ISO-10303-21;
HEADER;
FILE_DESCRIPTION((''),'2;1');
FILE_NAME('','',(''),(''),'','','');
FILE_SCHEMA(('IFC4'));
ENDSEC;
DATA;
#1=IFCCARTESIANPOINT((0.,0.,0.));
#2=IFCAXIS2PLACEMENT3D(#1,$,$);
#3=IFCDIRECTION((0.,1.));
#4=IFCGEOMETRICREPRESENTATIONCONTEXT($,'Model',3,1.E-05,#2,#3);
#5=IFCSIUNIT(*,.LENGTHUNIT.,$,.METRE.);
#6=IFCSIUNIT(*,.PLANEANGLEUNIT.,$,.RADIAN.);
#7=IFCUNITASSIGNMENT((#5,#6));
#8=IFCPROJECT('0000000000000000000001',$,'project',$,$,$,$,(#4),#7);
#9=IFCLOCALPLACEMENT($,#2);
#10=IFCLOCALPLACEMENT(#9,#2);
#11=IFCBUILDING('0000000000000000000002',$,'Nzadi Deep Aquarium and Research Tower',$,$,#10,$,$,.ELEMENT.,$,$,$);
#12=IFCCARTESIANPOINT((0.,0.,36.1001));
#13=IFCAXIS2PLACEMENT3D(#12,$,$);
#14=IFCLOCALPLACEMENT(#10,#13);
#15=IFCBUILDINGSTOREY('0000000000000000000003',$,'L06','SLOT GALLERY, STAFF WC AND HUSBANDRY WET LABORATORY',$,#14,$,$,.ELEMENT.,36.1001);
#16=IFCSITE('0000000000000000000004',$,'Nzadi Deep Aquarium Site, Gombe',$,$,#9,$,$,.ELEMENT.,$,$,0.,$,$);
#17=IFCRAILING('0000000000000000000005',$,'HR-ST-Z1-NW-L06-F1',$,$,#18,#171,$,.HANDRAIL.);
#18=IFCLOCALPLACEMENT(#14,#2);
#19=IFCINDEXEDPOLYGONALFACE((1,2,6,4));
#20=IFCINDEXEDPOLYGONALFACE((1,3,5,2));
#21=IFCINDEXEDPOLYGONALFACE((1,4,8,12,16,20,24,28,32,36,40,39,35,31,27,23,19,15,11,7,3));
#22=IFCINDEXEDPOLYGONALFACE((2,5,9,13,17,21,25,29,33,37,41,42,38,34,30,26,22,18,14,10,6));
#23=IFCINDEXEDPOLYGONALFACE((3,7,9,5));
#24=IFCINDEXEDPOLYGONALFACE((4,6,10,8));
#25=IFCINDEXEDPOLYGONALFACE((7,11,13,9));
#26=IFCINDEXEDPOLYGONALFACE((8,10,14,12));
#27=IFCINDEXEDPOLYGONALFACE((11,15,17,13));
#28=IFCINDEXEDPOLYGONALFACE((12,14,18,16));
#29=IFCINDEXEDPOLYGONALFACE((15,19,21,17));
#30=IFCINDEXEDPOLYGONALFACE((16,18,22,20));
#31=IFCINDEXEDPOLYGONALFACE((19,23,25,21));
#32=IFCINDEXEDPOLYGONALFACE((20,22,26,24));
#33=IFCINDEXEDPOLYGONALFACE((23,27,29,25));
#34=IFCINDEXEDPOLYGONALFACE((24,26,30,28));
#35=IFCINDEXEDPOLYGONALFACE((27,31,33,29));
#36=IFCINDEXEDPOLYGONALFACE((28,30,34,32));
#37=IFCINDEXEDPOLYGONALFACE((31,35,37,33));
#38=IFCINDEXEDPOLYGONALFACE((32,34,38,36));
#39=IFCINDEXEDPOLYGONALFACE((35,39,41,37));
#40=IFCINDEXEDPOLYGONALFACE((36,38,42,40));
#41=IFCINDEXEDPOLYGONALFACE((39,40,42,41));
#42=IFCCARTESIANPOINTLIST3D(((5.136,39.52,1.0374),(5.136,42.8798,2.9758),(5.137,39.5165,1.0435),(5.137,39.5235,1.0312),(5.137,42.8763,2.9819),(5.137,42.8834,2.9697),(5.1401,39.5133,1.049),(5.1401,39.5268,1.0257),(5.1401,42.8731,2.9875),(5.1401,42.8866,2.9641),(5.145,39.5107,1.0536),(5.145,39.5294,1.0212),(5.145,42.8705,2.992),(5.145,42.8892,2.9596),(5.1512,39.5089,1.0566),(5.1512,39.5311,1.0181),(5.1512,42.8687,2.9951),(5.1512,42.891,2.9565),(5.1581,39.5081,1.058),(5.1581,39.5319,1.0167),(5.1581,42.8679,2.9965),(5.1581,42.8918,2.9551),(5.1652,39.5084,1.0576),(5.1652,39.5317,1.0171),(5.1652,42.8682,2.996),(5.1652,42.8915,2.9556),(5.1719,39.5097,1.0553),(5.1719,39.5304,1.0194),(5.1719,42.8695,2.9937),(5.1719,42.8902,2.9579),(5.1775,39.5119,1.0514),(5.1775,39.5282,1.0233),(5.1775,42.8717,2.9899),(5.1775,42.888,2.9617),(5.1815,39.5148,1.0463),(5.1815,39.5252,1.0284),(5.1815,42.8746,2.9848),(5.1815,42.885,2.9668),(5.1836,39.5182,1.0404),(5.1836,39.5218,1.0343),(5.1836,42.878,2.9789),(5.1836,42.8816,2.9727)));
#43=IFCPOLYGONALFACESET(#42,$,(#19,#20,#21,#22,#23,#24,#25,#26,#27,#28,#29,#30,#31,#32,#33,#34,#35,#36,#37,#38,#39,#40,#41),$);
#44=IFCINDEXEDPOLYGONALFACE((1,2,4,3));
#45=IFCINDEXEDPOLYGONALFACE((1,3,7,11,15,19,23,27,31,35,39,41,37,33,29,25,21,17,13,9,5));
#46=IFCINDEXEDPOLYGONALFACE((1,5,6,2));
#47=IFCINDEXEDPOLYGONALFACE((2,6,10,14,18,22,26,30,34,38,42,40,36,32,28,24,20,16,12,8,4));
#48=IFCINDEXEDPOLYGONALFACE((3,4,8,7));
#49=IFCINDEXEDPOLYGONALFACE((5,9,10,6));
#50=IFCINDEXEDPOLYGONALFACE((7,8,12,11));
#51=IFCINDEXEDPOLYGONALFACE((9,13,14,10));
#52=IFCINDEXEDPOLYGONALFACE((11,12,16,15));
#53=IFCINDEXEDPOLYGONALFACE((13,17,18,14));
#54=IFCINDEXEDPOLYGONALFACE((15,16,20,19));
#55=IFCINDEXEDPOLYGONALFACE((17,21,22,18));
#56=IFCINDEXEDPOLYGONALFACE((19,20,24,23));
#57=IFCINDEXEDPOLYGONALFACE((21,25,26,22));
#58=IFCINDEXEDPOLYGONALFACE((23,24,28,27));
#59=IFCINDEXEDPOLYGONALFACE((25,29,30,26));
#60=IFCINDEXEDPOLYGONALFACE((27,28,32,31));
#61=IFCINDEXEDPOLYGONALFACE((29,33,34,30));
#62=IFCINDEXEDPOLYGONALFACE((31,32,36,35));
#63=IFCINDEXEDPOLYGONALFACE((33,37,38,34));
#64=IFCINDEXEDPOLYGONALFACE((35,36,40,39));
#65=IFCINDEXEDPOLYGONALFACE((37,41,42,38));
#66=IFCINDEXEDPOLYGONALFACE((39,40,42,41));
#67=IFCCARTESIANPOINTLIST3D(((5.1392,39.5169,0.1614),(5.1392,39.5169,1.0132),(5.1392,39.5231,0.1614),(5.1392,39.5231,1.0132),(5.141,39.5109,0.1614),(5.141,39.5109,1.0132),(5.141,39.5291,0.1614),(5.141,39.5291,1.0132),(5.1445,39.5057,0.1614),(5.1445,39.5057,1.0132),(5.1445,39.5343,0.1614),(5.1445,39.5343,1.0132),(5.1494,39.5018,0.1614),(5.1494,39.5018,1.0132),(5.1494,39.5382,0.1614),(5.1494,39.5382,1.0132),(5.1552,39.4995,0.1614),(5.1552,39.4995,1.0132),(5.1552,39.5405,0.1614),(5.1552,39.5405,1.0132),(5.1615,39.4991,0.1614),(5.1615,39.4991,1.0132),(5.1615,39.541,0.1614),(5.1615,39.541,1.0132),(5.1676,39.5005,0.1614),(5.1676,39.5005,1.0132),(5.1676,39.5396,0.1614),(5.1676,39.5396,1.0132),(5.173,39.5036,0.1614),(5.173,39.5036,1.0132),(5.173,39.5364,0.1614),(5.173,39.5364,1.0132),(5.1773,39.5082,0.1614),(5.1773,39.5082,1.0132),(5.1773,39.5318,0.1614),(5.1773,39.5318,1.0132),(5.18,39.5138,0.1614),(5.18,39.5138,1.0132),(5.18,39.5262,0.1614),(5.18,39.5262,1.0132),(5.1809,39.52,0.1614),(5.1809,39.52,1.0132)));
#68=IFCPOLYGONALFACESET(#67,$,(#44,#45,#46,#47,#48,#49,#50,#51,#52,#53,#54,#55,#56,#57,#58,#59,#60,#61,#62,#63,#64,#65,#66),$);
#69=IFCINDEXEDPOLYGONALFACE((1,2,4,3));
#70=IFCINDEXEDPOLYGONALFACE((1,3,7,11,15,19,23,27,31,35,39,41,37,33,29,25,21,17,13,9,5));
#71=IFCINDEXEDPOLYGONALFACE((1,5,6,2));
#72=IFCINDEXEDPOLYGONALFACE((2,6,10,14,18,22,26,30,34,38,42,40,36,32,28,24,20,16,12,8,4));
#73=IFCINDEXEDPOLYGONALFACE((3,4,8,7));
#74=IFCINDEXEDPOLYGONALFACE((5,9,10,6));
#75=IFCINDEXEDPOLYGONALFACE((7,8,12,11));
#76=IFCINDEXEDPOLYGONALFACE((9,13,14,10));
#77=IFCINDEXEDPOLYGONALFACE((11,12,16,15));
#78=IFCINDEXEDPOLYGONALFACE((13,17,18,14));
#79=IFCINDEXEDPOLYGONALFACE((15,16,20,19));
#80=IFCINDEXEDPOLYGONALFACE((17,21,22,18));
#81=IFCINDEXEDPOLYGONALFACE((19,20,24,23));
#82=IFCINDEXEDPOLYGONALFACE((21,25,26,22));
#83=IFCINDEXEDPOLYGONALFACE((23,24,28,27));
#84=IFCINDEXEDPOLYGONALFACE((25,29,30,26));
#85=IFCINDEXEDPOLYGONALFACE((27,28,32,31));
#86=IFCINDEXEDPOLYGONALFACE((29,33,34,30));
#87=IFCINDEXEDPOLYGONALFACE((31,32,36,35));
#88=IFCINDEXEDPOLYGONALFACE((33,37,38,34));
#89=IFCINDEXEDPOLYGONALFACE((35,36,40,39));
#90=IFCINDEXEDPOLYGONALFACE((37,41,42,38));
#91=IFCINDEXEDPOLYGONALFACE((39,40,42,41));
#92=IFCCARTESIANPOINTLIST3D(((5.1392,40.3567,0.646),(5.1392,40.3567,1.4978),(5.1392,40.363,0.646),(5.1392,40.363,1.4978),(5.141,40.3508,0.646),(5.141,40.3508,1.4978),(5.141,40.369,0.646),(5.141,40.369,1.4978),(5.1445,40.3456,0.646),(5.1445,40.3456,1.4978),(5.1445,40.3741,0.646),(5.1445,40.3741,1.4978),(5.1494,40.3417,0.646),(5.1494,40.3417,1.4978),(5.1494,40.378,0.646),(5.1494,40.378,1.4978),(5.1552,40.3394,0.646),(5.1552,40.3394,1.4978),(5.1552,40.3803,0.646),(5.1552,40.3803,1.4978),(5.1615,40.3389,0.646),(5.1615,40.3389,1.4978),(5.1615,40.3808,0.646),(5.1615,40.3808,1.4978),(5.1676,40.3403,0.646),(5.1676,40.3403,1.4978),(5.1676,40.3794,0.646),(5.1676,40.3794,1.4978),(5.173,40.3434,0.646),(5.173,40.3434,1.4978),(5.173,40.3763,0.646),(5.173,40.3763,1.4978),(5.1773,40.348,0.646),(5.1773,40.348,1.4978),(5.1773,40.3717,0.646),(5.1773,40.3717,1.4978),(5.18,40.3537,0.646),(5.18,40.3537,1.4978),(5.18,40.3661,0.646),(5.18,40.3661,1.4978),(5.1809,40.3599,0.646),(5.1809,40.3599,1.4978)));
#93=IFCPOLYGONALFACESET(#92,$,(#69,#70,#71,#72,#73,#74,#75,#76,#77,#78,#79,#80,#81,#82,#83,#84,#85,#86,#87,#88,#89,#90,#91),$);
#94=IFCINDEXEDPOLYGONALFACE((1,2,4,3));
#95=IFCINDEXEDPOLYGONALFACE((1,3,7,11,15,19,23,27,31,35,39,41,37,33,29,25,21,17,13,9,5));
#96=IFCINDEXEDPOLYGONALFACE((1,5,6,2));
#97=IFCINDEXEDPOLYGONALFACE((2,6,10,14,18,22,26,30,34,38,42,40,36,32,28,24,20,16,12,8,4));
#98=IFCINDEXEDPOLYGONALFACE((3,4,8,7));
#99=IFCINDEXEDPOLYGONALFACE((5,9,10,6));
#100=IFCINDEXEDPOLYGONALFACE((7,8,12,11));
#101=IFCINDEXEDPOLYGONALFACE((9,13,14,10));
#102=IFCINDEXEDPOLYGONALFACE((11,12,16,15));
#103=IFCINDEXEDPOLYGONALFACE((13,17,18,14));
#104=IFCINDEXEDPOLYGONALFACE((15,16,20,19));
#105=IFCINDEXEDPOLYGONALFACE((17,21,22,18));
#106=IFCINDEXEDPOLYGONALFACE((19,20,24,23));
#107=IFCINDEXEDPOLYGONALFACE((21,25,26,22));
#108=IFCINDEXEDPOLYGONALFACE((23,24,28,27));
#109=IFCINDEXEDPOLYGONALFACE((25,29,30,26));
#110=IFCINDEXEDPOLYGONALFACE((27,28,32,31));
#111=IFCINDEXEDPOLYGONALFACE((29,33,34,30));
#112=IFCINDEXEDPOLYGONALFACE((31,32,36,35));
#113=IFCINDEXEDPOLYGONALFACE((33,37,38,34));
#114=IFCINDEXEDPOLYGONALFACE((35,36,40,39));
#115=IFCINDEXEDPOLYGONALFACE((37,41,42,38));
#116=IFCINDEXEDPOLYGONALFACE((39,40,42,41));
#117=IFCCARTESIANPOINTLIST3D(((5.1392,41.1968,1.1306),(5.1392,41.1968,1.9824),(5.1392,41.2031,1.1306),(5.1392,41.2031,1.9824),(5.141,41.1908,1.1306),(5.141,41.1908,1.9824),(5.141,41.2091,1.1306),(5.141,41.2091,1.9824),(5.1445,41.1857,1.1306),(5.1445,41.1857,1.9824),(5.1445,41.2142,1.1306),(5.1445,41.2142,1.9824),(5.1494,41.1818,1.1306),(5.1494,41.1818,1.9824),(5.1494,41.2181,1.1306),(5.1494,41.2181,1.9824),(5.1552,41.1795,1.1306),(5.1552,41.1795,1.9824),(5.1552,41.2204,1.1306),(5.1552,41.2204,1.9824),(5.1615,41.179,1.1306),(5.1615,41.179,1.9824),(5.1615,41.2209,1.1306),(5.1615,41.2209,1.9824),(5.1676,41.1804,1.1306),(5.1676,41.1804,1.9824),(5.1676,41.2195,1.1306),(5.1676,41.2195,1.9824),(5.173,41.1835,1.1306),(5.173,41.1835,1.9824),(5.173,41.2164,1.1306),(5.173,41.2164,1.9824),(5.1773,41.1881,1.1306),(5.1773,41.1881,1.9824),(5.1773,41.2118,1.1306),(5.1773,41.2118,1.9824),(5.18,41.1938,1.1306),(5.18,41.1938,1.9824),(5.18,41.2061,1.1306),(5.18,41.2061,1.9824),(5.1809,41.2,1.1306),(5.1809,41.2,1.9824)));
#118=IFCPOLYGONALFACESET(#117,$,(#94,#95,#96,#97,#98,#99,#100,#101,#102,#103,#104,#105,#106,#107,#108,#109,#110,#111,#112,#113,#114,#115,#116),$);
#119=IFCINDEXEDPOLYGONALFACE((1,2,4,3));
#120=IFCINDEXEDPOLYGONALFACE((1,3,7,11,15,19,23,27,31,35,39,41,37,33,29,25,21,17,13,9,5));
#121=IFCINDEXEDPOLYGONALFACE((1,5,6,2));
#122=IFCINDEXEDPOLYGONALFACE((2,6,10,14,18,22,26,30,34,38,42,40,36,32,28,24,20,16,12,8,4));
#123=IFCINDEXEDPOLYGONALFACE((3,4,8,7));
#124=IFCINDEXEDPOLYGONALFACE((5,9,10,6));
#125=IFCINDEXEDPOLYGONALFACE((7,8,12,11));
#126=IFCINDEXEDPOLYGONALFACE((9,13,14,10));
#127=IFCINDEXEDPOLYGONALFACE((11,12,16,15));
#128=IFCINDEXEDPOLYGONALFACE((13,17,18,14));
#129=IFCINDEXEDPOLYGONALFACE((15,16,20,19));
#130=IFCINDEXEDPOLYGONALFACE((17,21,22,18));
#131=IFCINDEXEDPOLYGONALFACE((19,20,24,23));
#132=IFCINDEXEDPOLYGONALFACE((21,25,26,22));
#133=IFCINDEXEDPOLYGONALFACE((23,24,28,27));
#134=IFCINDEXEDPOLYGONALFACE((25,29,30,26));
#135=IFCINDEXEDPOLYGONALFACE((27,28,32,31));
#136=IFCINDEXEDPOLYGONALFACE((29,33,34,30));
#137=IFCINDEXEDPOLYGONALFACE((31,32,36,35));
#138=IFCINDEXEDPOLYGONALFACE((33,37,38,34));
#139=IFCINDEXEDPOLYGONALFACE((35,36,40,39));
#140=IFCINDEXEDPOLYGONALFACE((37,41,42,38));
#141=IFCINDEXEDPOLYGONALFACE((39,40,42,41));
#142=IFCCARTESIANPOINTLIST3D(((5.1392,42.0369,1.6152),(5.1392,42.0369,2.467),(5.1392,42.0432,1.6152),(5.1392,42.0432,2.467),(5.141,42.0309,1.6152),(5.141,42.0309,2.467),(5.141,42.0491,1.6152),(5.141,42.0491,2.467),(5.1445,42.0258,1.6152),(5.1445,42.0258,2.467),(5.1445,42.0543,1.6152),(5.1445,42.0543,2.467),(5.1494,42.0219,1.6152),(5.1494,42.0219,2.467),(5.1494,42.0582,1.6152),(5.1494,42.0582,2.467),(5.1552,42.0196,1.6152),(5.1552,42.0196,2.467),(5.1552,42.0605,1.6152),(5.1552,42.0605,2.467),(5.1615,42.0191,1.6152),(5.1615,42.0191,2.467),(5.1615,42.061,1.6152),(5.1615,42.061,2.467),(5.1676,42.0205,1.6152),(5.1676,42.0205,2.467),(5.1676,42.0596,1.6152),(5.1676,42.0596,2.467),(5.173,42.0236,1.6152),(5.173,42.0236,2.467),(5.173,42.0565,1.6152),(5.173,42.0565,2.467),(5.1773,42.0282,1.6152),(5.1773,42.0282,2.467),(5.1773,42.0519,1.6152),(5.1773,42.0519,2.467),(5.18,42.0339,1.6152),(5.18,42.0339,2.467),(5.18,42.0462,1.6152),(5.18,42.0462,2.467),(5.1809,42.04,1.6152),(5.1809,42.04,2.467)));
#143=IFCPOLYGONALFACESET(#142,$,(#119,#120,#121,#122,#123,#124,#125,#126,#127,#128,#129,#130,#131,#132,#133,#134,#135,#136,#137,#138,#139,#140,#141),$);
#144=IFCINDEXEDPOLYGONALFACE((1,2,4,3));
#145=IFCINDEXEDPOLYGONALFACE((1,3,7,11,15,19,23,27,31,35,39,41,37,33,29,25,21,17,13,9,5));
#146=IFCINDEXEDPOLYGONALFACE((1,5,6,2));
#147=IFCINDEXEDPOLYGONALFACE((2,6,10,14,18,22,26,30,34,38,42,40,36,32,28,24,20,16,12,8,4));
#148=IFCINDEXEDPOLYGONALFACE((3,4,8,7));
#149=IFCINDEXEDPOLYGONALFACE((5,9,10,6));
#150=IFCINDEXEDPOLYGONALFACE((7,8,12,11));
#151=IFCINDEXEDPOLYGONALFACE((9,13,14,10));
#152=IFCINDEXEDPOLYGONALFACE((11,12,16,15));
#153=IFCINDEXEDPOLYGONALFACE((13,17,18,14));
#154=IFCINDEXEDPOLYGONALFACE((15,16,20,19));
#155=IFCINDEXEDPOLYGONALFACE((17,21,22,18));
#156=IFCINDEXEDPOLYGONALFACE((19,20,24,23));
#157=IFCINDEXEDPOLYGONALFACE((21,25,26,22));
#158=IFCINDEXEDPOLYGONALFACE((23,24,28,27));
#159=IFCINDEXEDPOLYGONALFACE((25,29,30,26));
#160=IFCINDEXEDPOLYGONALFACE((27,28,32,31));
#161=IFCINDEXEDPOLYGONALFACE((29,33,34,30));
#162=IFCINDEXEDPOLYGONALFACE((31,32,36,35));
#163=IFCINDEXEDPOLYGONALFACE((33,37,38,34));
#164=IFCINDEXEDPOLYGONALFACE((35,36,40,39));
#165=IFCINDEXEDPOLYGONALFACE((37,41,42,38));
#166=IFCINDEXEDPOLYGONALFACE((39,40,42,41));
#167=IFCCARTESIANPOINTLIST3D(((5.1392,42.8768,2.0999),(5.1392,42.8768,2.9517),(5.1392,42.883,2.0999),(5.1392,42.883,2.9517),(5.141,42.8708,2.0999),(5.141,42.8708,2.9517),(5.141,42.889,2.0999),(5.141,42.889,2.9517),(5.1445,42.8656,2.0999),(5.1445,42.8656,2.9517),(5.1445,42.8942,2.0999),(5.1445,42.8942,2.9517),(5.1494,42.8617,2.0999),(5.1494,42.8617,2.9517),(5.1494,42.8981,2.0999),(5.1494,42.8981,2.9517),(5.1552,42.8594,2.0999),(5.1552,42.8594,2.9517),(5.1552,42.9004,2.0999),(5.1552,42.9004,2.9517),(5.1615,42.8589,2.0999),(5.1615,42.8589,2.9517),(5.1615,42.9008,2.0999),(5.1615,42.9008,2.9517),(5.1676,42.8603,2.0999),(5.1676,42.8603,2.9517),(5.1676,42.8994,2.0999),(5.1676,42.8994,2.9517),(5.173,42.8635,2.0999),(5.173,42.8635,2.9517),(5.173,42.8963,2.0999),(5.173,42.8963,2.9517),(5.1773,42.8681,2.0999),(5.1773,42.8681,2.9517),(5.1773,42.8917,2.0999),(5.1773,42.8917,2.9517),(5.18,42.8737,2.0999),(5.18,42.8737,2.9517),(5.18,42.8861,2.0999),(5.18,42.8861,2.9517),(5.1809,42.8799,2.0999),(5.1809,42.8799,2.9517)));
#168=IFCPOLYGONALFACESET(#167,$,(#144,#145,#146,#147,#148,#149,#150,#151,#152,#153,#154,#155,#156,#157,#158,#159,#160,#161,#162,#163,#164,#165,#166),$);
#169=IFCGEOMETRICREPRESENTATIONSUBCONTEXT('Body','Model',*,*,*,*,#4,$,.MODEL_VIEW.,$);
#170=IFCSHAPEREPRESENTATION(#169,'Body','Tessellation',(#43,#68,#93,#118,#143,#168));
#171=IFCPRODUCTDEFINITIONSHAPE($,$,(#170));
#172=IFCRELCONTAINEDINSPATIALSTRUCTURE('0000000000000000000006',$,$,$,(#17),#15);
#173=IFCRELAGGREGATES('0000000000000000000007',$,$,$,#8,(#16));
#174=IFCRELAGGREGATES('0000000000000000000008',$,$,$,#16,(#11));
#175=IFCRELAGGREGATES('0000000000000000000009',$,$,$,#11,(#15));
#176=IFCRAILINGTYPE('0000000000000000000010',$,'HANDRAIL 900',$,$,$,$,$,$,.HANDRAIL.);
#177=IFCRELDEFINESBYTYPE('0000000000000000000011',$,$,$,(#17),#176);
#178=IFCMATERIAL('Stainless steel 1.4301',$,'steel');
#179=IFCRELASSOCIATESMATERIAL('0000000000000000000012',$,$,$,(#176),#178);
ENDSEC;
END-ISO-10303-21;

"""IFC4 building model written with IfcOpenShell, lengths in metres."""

from ifc_helpers import new_model, si_unit, direction, frame, origin, origin_2d, place, context, subcontext, project, spatial, circle, extrude, material, type_object, element, save


model = new_model("IFC4")

# Units and contexts
model_context = context("Model", 3, precision=1e-05, world=origin(), true_north=direction((0.0, 1.0)))
body_context = subcontext(model_context, "Body", "Model", "MODEL_VIEW")
ifc_project = project(units=[si_unit("LENGTHUNIT", "METRE"), si_unit("PLANEANGLEUNIT", "RADIAN")], contexts=[model_context])

# Site, building, storey
site_placement = place(None, origin())
site = spatial("IfcSite", under=ifc_project, at=site_placement, Name="Nzadi Deep Aquarium Site, Gombe", CompositionType="ELEMENT", RefElevation=0.0)
building_placement = place(site_placement, origin())
building = spatial("IfcBuilding", under=site, at=building_placement, Name="Nzadi Deep Aquarium and Research Tower", CompositionType="ELEMENT")
storey_placement = place(building_placement, frame((0.0, 0.0, 36.1001)))
storey = spatial("IfcBuildingStorey", under=building, at=storey_placement, Name="L06", Description="SLOT GALLERY, STAFF WC AND HUSBANDRY WET LABORATORY", CompositionType="ELEMENT", Elevation=36.1001)

# Railing
ifc_material_1 = material(Name="Stainless steel 1.4301", Category="steel")
railing_type = type_object("IfcRailingType", Name="HANDRAIL 900", PredefinedType="HANDRAIL", material=ifc_material_1)
for number, where, name in (
    (1, (5.1599, 39.52, 0.1614), "HR-ST-Z1-NW-L06-F1"),
):
    element("IfcRailing", number, at=place(storey_placement, frame(where)), inside=storey, type_object=railing_type, Name=name, PredefinedType="HANDRAIL", context=body_context, shape_type="SweptSolid", body=[
        extrude(circle(Radius=0.0239, at=origin_2d()), frame((0.0, 0.0, 0.876), z_axis=(0.0, 0.866175, 0.499741), x_axis=(-1.0, 0.0, 0.0)), (0.0, 0.0, 1.0), 3.8789),
        extrude(circle(Radius=0.021, at=origin_2d()), origin(), (0.0, 0.0, 1.0), 0.8518),
        extrude(circle(Radius=0.021, at=origin_2d()), frame((0.0, 0.8398, 0.4846)), (0.0, 0.0, 1.0), 0.8518),
        extrude(circle(Radius=0.021, at=origin_2d()), frame((0.0, 1.6799, 0.9692)), (0.0, 0.0, 1.0), 0.8518),
        extrude(circle(Radius=0.021, at=origin_2d()), frame((0.0, 2.52, 1.4539)), (0.0, 0.0, 1.0), 0.8518),
        extrude(circle(Radius=0.021, at=origin_2d()), frame((0.0, 3.3599, 1.9385)), (0.0, 0.0, 1.0), 0.8518),
    ])

save(model, "model.ifc")
